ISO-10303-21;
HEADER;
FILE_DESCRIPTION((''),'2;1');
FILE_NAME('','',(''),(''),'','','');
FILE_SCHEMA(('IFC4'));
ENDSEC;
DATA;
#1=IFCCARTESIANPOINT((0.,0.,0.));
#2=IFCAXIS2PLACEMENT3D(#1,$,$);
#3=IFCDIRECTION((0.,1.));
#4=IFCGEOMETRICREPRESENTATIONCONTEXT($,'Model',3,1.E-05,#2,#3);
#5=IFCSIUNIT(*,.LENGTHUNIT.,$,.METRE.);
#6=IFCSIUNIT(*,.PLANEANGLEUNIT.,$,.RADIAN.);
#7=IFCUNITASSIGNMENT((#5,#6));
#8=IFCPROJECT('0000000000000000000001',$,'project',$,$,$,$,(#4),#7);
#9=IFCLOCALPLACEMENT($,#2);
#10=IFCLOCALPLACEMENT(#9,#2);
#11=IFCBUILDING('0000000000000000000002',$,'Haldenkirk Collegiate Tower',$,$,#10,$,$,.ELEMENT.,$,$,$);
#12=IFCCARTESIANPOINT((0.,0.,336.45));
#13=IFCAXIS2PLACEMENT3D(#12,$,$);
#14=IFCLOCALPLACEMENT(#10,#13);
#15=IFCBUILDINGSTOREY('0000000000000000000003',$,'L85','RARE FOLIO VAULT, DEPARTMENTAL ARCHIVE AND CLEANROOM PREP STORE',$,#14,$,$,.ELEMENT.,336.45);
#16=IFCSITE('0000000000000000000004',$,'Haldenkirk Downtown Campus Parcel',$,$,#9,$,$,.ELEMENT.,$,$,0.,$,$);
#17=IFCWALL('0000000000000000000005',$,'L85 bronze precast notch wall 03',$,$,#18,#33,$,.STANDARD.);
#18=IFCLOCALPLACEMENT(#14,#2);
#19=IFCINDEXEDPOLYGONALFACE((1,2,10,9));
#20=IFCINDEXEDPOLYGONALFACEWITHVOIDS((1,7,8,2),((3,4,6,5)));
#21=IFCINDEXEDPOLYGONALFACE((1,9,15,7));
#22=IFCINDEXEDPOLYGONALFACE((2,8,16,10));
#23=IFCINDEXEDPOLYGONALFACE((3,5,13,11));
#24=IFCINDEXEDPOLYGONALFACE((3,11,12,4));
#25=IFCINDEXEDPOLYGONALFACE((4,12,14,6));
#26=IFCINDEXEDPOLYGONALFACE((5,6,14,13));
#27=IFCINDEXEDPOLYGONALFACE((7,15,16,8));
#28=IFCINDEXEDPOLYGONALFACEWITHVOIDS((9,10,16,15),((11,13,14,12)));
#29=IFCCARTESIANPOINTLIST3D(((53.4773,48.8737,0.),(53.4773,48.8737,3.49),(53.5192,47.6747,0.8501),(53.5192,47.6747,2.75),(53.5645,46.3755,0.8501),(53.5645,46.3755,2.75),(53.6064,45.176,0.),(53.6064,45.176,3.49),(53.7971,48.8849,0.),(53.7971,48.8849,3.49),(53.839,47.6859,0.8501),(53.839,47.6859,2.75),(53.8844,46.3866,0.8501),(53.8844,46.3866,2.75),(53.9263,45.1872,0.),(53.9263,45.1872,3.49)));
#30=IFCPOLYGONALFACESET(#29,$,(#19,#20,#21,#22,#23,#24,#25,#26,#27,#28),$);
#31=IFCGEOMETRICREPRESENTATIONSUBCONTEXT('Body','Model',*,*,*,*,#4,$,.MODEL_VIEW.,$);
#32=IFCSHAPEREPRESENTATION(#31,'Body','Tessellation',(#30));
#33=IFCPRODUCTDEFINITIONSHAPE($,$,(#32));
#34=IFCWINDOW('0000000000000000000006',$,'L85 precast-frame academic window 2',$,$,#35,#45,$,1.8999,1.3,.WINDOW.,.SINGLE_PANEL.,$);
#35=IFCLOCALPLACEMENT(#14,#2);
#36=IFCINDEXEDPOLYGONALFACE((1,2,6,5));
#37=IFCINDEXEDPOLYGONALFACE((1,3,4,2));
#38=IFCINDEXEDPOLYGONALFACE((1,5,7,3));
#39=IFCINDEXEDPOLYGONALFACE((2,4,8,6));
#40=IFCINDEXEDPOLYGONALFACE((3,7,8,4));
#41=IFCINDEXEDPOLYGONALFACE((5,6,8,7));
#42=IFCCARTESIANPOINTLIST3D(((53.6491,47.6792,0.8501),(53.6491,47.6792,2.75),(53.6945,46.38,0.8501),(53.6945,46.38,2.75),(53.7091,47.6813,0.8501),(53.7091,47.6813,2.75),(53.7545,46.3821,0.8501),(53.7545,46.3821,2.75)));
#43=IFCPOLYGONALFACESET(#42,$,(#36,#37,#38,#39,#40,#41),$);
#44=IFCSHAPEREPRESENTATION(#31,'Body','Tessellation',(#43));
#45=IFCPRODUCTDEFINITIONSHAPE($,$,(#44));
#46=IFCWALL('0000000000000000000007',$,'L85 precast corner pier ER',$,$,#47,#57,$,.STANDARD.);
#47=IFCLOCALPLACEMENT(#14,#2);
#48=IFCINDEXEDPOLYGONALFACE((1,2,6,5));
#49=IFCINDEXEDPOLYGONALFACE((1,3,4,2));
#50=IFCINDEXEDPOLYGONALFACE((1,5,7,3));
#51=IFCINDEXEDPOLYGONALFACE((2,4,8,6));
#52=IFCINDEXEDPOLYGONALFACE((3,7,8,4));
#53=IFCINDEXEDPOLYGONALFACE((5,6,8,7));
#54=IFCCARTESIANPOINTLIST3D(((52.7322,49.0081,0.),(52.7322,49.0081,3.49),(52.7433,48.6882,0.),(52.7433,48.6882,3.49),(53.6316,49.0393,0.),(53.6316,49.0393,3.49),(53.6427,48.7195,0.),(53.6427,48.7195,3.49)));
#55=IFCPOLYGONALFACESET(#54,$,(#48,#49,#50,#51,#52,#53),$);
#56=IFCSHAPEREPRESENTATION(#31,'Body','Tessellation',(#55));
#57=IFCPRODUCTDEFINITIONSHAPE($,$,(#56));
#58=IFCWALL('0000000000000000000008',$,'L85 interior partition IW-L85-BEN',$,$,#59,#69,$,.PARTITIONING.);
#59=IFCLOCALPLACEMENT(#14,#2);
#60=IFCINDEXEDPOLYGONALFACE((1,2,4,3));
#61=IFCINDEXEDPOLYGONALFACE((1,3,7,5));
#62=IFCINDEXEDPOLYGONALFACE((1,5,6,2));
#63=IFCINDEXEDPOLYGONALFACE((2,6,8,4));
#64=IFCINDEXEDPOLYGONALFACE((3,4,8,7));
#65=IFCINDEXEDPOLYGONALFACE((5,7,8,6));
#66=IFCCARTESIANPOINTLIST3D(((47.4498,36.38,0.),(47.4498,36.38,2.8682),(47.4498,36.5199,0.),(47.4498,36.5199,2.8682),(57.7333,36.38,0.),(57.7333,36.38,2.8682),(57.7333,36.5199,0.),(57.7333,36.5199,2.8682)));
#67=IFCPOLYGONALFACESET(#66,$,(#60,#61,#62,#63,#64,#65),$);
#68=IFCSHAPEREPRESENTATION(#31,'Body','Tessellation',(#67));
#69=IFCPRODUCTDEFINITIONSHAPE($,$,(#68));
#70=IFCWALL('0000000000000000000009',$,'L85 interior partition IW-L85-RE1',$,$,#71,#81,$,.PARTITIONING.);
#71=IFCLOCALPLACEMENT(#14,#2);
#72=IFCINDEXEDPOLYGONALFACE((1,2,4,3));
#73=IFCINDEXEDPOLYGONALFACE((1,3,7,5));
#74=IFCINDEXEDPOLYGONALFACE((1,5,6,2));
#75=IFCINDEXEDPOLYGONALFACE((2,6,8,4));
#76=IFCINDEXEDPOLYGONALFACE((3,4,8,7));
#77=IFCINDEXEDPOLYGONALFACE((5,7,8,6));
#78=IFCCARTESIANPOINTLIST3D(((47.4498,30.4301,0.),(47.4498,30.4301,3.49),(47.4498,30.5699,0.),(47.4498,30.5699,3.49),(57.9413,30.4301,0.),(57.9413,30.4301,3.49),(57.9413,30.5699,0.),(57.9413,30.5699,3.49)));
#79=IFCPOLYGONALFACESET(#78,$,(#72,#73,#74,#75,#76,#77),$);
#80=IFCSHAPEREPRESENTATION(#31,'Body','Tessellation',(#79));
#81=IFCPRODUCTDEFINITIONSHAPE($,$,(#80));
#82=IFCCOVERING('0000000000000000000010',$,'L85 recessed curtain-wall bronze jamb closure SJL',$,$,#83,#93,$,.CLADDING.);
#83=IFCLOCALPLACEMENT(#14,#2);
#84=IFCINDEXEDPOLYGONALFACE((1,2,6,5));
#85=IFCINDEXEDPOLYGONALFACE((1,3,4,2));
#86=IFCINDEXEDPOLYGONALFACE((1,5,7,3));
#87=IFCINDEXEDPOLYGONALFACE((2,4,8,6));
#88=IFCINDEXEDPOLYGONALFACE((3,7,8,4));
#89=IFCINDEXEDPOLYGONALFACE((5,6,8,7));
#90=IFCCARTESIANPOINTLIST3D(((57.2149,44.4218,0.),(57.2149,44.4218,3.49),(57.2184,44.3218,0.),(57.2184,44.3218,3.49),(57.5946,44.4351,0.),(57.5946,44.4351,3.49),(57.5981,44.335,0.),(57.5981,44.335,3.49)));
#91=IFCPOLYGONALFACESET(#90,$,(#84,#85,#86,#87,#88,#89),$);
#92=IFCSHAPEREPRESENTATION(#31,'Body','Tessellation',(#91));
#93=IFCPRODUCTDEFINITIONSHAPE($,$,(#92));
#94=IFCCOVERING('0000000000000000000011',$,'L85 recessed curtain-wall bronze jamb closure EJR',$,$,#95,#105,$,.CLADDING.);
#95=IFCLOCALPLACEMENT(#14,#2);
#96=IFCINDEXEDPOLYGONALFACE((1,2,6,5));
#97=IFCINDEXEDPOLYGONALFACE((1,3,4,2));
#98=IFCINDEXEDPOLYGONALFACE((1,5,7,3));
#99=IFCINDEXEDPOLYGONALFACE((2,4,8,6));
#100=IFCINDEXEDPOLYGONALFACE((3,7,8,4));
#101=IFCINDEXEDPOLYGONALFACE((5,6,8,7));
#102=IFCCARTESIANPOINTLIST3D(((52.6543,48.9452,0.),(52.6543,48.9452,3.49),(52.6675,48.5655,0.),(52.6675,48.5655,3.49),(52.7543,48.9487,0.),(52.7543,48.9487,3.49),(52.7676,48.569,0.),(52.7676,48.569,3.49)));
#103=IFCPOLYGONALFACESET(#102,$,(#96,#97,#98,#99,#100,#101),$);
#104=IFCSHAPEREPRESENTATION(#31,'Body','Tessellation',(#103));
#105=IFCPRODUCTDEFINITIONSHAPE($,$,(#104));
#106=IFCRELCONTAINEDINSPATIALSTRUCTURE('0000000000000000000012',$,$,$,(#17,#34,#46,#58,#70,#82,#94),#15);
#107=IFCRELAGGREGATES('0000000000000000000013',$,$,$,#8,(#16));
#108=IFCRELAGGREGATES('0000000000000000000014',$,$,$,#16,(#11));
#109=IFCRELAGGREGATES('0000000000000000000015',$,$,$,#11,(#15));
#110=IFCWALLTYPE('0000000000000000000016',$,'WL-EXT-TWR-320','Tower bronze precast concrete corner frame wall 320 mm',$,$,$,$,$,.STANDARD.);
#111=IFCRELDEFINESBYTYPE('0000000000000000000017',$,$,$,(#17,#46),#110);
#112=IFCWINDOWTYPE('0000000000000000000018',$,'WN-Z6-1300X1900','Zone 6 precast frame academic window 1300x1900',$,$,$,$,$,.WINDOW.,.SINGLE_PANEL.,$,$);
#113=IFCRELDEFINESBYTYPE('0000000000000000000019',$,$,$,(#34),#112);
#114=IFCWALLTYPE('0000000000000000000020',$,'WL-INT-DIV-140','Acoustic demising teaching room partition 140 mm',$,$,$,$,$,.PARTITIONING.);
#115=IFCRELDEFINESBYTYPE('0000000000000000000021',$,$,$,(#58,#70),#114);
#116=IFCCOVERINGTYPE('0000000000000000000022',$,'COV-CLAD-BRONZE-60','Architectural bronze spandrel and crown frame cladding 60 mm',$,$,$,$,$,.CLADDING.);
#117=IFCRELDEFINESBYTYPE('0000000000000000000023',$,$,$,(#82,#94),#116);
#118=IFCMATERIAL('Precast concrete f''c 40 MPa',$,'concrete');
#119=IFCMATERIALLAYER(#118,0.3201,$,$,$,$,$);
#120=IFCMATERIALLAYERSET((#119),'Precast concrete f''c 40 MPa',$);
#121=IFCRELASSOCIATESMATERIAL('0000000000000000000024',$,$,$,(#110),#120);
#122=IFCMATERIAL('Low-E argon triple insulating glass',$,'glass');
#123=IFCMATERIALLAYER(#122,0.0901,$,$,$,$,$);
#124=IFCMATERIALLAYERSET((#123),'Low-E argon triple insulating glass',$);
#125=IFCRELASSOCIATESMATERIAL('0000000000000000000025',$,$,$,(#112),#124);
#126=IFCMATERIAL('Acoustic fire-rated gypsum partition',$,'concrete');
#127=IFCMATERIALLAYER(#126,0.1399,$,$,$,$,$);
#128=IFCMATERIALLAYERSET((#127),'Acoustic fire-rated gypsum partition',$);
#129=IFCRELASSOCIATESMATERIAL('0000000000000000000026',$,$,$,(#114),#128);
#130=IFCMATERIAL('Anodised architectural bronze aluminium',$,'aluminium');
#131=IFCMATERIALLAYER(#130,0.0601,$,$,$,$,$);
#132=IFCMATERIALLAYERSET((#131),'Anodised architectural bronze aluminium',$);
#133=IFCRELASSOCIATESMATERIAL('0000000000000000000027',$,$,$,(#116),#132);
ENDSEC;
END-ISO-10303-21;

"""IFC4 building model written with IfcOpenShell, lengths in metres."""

from ifc_helpers import new_model, si_unit, direction, frame, frame_2d, origin, origin_2d, place, context, subcontext, project, spatial, rectangle, extrude, source, transform, mapped, material, layer, layer_set, type_object, element, fill, save


model = new_model("IFC4")

# Units and contexts
model_context = context("Model", 3, precision=1e-05, world=origin(), true_north=direction((0.0, 1.0)))
body_context = subcontext(model_context, "Body", "Model", "MODEL_VIEW")
ifc_project = project(units=[si_unit("LENGTHUNIT", "METRE"), si_unit("PLANEANGLEUNIT", "RADIAN")], contexts=[model_context])

# Site, building, storey
site_placement = place(None, origin())
site = spatial("IfcSite", under=ifc_project, at=site_placement, Name="Haldenkirk Downtown Campus Parcel", CompositionType="ELEMENT", RefElevation=0.0)
building_placement = place(site_placement, origin())
building = spatial("IfcBuilding", under=site, at=building_placement, Name="Haldenkirk Collegiate Tower", CompositionType="ELEMENT")
storey_placement = place(building_placement, frame((0.0, 0.0, 336.45)))
storey = spatial("IfcBuildingStorey", under=building, at=storey_placement, Name="L85", Description="RARE FOLIO VAULT, DEPARTMENTAL ARCHIVE AND CLEANROOM PREP STORE", CompositionType="ELEMENT", Elevation=336.45)

# Shared definitions
ifc_material_1 = material(Name="Anodised architectural bronze aluminium", Category="aluminium")

# Shared definitions
ifc_material_2 = material(Name="Low-E argon triple insulating glass", Category="glass")

# Shared definitions
ifc_material_3 = material(Name="Precast concrete f'c 40 MPa", Category="concrete")
ifc_layer_1 = layer(ifc_material_3, 0.3201)
ifc_layer_set_1 = layer_set([ifc_layer_1], Name="Precast concrete f'c 40 MPa")
wall_type_1 = type_object("IfcWallType", Name="WL-EXT-TWR-320", Description="Tower bronze precast concrete corner frame wall 320 mm", PredefinedType="STANDARD", material=ifc_layer_set_1)

# Wall, opening, window
wall_1_placement = place(storey_placement, frame((53.6372, 48.8794, 0.0), z_axis=(0.0, 0.0, 1.0), x_axis=(0.034905, -0.999391, 0.0)))
wall_1 = element("IfcWall", 1, at=wall_1_placement, inside=storey, type_object=wall_type_1, Name="L85 bronze precast notch wall 03", PredefinedType="STANDARD", context=body_context, shape_type="SweptSolid", body=[
    extrude(rectangle(XDim=3.7, YDim=0.3201, at=frame_2d((1.8501, 0.0))), origin(), (0.0, 0.0, 1.0), 3.49),
])
opening_placement = place(wall_1_placement, frame((1.2, 0.0, 0.8501)))
opening = element("IfcOpeningElement", 2, at=opening_placement, cuts=wall_1, PredefinedType="OPENING", context=body_context, shape_type="SweptSolid", body=[
    extrude(rectangle(XDim=1.3, YDim=1.8999, at=frame_2d((0.6499, 0.95))), frame((0.0, 0.1699, 0.0), z_axis=(0.0, -1.0, 0.0), x_axis=(1.0, 0.0, 0.0)), (0.0, 0.0, 1.0), 0.3401),
])
ifc_layer_2 = layer(ifc_material_2, 0.0901)
ifc_layer_set_2 = layer_set([ifc_layer_2], Name="Low-E argon triple insulating glass")
window_type = type_object("IfcWindowType", Name="WN-Z6-1300X1900", Description="Zone 6 precast frame academic window 1300x1900", PartitioningType="SINGLE_PANEL", PredefinedType="WINDOW", material=ifc_layer_set_2)
window_placement = place(opening_placement, origin())
window = element("IfcWindow", 3, at=window_placement, inside=storey, type_object=window_type, Name="L85 precast-frame academic window 2", OverallHeight=1.8999, OverallWidth=1.3, PartitioningType="SINGLE_PANEL", PredefinedType="WINDOW", context=body_context, shape_type="SweptSolid", body=[
    extrude(rectangle(XDim=1.3, YDim=1.8999, at=frame_2d((0.6499, 0.95))), frame((0.0, 0.03, 0.0), z_axis=(0.0, -1.0, 0.0), x_axis=(1.0, 0.0, 0.0)), (0.0, 0.0, 1.0), 0.0601),
])
fill(opening, window)

# Walls
wall_2_placement = place(storey_placement, frame((52.7378, 48.8481, 0.0), z_axis=(0.0, 0.0, 1.0), x_axis=(0.999397, 0.034724, 0.0)))
element("IfcWall", 4, at=wall_2_placement, inside=storey, type_object=wall_type_1, Name="L85 precast corner pier ER", PredefinedType="STANDARD", context=body_context, shape_type="SweptSolid", body=[
    extrude(rectangle(XDim=0.8999, YDim=0.3201, at=frame_2d((0.45, 0.0))), origin(), (0.0, 0.0, 1.0), 3.49),
])
ifc_material_4 = material(Name="Acoustic fire-rated gypsum partition", Category="concrete")
ifc_layer_3 = layer(ifc_material_4, 0.1399)
ifc_layer_set_3 = layer_set([ifc_layer_3], Name="Acoustic fire-rated gypsum partition")
wall_type_2 = type_object("IfcWallType", Name="WL-INT-DIV-140", Description="Acoustic demising teaching room partition 140 mm", PredefinedType="PARTITIONING", material=ifc_layer_set_3)
wall_3_placement = place(storey_placement, frame((47.45, 36.45, 0.0), z_axis=(0.0, 0.0, 1.0), x_axis=(1.0, 0.0, 0.0)))
element("IfcWall", 5, at=wall_3_placement, inside=storey, type_object=wall_type_2, Name="L85 interior partition IW-L85-BEN", PredefinedType="PARTITIONING", context=body_context, shape_type="SweptSolid", body=[
    extrude(rectangle(XDim=10.2834, YDim=0.1399, at=frame_2d((5.1416, 0.0))), origin(), (0.0, 0.0, 1.0), 2.8682),
])
wall_4_placement = place(storey_placement, frame((47.45, 30.5, 0.0), z_axis=(0.0, 0.0, 1.0), x_axis=(1.0, 0.0, 0.0)))
element("IfcWall", 6, at=wall_4_placement, inside=storey, type_object=wall_type_2, Name="L85 interior partition IW-L85-RE1", PredefinedType="PARTITIONING", context=body_context, shape_type="SweptSolid", body=[
    extrude(rectangle(XDim=10.4915, YDim=0.1399, at=frame_2d((5.2456, 0.0))), origin(), (0.0, 0.0, 1.0), 3.49),
])

# Coverings
ifc_layer_4 = layer(ifc_material_1, 0.0601)
ifc_layer_set_4 = layer_set([ifc_layer_4], Name="Anodised architectural bronze aluminium")
covering_type = type_object("IfcCoveringType", Name="COV-CLAD-BRONZE-60", Description="Architectural bronze spandrel and crown frame cladding 60 mm", PredefinedType="CLADDING", material=ifc_layer_set_4)
shared_shape_1 = source(origin(), body_context, "Body", "SweptSolid", [
    extrude(rectangle(XDim=0.1001, YDim=0.3799, at=origin_2d()), origin(), (0.0, 0.0, 1.0), 3.49),
])
for number, where, z_axis, x_axis, name in (
    (7, (57.4065, 44.3784, 0.0), (0.0, 0.0, 1.0), (0.034899, -0.999391, 0.0), "L85 recessed curtain-wall bronze jamb closure SJL"),
    (8, (52.7109, 48.7571, 0.0), (0.0, 0.0, 1.0), (0.999391, 0.034899, 0.0), "L85 recessed curtain-wall bronze jamb closure EJR"),
):
    element("IfcCovering", number, at=place(storey_placement, frame(where, z_axis=z_axis, x_axis=x_axis)), inside=storey, type_object=covering_type, Name=name, PredefinedType="CLADDING", context=body_context, shape_type="MappedRepresentation", body=[
        mapped(shared_shape_1, transform((0.0, 0.0, 0.0), x_axis=(1.0, 0.0, 0.0), y_axis=(0.0, 1.0, 0.0), z_axis=(0.0, 0.0, 1.0), scale=1.0)),
    ])

save(model, "model.ifc")
